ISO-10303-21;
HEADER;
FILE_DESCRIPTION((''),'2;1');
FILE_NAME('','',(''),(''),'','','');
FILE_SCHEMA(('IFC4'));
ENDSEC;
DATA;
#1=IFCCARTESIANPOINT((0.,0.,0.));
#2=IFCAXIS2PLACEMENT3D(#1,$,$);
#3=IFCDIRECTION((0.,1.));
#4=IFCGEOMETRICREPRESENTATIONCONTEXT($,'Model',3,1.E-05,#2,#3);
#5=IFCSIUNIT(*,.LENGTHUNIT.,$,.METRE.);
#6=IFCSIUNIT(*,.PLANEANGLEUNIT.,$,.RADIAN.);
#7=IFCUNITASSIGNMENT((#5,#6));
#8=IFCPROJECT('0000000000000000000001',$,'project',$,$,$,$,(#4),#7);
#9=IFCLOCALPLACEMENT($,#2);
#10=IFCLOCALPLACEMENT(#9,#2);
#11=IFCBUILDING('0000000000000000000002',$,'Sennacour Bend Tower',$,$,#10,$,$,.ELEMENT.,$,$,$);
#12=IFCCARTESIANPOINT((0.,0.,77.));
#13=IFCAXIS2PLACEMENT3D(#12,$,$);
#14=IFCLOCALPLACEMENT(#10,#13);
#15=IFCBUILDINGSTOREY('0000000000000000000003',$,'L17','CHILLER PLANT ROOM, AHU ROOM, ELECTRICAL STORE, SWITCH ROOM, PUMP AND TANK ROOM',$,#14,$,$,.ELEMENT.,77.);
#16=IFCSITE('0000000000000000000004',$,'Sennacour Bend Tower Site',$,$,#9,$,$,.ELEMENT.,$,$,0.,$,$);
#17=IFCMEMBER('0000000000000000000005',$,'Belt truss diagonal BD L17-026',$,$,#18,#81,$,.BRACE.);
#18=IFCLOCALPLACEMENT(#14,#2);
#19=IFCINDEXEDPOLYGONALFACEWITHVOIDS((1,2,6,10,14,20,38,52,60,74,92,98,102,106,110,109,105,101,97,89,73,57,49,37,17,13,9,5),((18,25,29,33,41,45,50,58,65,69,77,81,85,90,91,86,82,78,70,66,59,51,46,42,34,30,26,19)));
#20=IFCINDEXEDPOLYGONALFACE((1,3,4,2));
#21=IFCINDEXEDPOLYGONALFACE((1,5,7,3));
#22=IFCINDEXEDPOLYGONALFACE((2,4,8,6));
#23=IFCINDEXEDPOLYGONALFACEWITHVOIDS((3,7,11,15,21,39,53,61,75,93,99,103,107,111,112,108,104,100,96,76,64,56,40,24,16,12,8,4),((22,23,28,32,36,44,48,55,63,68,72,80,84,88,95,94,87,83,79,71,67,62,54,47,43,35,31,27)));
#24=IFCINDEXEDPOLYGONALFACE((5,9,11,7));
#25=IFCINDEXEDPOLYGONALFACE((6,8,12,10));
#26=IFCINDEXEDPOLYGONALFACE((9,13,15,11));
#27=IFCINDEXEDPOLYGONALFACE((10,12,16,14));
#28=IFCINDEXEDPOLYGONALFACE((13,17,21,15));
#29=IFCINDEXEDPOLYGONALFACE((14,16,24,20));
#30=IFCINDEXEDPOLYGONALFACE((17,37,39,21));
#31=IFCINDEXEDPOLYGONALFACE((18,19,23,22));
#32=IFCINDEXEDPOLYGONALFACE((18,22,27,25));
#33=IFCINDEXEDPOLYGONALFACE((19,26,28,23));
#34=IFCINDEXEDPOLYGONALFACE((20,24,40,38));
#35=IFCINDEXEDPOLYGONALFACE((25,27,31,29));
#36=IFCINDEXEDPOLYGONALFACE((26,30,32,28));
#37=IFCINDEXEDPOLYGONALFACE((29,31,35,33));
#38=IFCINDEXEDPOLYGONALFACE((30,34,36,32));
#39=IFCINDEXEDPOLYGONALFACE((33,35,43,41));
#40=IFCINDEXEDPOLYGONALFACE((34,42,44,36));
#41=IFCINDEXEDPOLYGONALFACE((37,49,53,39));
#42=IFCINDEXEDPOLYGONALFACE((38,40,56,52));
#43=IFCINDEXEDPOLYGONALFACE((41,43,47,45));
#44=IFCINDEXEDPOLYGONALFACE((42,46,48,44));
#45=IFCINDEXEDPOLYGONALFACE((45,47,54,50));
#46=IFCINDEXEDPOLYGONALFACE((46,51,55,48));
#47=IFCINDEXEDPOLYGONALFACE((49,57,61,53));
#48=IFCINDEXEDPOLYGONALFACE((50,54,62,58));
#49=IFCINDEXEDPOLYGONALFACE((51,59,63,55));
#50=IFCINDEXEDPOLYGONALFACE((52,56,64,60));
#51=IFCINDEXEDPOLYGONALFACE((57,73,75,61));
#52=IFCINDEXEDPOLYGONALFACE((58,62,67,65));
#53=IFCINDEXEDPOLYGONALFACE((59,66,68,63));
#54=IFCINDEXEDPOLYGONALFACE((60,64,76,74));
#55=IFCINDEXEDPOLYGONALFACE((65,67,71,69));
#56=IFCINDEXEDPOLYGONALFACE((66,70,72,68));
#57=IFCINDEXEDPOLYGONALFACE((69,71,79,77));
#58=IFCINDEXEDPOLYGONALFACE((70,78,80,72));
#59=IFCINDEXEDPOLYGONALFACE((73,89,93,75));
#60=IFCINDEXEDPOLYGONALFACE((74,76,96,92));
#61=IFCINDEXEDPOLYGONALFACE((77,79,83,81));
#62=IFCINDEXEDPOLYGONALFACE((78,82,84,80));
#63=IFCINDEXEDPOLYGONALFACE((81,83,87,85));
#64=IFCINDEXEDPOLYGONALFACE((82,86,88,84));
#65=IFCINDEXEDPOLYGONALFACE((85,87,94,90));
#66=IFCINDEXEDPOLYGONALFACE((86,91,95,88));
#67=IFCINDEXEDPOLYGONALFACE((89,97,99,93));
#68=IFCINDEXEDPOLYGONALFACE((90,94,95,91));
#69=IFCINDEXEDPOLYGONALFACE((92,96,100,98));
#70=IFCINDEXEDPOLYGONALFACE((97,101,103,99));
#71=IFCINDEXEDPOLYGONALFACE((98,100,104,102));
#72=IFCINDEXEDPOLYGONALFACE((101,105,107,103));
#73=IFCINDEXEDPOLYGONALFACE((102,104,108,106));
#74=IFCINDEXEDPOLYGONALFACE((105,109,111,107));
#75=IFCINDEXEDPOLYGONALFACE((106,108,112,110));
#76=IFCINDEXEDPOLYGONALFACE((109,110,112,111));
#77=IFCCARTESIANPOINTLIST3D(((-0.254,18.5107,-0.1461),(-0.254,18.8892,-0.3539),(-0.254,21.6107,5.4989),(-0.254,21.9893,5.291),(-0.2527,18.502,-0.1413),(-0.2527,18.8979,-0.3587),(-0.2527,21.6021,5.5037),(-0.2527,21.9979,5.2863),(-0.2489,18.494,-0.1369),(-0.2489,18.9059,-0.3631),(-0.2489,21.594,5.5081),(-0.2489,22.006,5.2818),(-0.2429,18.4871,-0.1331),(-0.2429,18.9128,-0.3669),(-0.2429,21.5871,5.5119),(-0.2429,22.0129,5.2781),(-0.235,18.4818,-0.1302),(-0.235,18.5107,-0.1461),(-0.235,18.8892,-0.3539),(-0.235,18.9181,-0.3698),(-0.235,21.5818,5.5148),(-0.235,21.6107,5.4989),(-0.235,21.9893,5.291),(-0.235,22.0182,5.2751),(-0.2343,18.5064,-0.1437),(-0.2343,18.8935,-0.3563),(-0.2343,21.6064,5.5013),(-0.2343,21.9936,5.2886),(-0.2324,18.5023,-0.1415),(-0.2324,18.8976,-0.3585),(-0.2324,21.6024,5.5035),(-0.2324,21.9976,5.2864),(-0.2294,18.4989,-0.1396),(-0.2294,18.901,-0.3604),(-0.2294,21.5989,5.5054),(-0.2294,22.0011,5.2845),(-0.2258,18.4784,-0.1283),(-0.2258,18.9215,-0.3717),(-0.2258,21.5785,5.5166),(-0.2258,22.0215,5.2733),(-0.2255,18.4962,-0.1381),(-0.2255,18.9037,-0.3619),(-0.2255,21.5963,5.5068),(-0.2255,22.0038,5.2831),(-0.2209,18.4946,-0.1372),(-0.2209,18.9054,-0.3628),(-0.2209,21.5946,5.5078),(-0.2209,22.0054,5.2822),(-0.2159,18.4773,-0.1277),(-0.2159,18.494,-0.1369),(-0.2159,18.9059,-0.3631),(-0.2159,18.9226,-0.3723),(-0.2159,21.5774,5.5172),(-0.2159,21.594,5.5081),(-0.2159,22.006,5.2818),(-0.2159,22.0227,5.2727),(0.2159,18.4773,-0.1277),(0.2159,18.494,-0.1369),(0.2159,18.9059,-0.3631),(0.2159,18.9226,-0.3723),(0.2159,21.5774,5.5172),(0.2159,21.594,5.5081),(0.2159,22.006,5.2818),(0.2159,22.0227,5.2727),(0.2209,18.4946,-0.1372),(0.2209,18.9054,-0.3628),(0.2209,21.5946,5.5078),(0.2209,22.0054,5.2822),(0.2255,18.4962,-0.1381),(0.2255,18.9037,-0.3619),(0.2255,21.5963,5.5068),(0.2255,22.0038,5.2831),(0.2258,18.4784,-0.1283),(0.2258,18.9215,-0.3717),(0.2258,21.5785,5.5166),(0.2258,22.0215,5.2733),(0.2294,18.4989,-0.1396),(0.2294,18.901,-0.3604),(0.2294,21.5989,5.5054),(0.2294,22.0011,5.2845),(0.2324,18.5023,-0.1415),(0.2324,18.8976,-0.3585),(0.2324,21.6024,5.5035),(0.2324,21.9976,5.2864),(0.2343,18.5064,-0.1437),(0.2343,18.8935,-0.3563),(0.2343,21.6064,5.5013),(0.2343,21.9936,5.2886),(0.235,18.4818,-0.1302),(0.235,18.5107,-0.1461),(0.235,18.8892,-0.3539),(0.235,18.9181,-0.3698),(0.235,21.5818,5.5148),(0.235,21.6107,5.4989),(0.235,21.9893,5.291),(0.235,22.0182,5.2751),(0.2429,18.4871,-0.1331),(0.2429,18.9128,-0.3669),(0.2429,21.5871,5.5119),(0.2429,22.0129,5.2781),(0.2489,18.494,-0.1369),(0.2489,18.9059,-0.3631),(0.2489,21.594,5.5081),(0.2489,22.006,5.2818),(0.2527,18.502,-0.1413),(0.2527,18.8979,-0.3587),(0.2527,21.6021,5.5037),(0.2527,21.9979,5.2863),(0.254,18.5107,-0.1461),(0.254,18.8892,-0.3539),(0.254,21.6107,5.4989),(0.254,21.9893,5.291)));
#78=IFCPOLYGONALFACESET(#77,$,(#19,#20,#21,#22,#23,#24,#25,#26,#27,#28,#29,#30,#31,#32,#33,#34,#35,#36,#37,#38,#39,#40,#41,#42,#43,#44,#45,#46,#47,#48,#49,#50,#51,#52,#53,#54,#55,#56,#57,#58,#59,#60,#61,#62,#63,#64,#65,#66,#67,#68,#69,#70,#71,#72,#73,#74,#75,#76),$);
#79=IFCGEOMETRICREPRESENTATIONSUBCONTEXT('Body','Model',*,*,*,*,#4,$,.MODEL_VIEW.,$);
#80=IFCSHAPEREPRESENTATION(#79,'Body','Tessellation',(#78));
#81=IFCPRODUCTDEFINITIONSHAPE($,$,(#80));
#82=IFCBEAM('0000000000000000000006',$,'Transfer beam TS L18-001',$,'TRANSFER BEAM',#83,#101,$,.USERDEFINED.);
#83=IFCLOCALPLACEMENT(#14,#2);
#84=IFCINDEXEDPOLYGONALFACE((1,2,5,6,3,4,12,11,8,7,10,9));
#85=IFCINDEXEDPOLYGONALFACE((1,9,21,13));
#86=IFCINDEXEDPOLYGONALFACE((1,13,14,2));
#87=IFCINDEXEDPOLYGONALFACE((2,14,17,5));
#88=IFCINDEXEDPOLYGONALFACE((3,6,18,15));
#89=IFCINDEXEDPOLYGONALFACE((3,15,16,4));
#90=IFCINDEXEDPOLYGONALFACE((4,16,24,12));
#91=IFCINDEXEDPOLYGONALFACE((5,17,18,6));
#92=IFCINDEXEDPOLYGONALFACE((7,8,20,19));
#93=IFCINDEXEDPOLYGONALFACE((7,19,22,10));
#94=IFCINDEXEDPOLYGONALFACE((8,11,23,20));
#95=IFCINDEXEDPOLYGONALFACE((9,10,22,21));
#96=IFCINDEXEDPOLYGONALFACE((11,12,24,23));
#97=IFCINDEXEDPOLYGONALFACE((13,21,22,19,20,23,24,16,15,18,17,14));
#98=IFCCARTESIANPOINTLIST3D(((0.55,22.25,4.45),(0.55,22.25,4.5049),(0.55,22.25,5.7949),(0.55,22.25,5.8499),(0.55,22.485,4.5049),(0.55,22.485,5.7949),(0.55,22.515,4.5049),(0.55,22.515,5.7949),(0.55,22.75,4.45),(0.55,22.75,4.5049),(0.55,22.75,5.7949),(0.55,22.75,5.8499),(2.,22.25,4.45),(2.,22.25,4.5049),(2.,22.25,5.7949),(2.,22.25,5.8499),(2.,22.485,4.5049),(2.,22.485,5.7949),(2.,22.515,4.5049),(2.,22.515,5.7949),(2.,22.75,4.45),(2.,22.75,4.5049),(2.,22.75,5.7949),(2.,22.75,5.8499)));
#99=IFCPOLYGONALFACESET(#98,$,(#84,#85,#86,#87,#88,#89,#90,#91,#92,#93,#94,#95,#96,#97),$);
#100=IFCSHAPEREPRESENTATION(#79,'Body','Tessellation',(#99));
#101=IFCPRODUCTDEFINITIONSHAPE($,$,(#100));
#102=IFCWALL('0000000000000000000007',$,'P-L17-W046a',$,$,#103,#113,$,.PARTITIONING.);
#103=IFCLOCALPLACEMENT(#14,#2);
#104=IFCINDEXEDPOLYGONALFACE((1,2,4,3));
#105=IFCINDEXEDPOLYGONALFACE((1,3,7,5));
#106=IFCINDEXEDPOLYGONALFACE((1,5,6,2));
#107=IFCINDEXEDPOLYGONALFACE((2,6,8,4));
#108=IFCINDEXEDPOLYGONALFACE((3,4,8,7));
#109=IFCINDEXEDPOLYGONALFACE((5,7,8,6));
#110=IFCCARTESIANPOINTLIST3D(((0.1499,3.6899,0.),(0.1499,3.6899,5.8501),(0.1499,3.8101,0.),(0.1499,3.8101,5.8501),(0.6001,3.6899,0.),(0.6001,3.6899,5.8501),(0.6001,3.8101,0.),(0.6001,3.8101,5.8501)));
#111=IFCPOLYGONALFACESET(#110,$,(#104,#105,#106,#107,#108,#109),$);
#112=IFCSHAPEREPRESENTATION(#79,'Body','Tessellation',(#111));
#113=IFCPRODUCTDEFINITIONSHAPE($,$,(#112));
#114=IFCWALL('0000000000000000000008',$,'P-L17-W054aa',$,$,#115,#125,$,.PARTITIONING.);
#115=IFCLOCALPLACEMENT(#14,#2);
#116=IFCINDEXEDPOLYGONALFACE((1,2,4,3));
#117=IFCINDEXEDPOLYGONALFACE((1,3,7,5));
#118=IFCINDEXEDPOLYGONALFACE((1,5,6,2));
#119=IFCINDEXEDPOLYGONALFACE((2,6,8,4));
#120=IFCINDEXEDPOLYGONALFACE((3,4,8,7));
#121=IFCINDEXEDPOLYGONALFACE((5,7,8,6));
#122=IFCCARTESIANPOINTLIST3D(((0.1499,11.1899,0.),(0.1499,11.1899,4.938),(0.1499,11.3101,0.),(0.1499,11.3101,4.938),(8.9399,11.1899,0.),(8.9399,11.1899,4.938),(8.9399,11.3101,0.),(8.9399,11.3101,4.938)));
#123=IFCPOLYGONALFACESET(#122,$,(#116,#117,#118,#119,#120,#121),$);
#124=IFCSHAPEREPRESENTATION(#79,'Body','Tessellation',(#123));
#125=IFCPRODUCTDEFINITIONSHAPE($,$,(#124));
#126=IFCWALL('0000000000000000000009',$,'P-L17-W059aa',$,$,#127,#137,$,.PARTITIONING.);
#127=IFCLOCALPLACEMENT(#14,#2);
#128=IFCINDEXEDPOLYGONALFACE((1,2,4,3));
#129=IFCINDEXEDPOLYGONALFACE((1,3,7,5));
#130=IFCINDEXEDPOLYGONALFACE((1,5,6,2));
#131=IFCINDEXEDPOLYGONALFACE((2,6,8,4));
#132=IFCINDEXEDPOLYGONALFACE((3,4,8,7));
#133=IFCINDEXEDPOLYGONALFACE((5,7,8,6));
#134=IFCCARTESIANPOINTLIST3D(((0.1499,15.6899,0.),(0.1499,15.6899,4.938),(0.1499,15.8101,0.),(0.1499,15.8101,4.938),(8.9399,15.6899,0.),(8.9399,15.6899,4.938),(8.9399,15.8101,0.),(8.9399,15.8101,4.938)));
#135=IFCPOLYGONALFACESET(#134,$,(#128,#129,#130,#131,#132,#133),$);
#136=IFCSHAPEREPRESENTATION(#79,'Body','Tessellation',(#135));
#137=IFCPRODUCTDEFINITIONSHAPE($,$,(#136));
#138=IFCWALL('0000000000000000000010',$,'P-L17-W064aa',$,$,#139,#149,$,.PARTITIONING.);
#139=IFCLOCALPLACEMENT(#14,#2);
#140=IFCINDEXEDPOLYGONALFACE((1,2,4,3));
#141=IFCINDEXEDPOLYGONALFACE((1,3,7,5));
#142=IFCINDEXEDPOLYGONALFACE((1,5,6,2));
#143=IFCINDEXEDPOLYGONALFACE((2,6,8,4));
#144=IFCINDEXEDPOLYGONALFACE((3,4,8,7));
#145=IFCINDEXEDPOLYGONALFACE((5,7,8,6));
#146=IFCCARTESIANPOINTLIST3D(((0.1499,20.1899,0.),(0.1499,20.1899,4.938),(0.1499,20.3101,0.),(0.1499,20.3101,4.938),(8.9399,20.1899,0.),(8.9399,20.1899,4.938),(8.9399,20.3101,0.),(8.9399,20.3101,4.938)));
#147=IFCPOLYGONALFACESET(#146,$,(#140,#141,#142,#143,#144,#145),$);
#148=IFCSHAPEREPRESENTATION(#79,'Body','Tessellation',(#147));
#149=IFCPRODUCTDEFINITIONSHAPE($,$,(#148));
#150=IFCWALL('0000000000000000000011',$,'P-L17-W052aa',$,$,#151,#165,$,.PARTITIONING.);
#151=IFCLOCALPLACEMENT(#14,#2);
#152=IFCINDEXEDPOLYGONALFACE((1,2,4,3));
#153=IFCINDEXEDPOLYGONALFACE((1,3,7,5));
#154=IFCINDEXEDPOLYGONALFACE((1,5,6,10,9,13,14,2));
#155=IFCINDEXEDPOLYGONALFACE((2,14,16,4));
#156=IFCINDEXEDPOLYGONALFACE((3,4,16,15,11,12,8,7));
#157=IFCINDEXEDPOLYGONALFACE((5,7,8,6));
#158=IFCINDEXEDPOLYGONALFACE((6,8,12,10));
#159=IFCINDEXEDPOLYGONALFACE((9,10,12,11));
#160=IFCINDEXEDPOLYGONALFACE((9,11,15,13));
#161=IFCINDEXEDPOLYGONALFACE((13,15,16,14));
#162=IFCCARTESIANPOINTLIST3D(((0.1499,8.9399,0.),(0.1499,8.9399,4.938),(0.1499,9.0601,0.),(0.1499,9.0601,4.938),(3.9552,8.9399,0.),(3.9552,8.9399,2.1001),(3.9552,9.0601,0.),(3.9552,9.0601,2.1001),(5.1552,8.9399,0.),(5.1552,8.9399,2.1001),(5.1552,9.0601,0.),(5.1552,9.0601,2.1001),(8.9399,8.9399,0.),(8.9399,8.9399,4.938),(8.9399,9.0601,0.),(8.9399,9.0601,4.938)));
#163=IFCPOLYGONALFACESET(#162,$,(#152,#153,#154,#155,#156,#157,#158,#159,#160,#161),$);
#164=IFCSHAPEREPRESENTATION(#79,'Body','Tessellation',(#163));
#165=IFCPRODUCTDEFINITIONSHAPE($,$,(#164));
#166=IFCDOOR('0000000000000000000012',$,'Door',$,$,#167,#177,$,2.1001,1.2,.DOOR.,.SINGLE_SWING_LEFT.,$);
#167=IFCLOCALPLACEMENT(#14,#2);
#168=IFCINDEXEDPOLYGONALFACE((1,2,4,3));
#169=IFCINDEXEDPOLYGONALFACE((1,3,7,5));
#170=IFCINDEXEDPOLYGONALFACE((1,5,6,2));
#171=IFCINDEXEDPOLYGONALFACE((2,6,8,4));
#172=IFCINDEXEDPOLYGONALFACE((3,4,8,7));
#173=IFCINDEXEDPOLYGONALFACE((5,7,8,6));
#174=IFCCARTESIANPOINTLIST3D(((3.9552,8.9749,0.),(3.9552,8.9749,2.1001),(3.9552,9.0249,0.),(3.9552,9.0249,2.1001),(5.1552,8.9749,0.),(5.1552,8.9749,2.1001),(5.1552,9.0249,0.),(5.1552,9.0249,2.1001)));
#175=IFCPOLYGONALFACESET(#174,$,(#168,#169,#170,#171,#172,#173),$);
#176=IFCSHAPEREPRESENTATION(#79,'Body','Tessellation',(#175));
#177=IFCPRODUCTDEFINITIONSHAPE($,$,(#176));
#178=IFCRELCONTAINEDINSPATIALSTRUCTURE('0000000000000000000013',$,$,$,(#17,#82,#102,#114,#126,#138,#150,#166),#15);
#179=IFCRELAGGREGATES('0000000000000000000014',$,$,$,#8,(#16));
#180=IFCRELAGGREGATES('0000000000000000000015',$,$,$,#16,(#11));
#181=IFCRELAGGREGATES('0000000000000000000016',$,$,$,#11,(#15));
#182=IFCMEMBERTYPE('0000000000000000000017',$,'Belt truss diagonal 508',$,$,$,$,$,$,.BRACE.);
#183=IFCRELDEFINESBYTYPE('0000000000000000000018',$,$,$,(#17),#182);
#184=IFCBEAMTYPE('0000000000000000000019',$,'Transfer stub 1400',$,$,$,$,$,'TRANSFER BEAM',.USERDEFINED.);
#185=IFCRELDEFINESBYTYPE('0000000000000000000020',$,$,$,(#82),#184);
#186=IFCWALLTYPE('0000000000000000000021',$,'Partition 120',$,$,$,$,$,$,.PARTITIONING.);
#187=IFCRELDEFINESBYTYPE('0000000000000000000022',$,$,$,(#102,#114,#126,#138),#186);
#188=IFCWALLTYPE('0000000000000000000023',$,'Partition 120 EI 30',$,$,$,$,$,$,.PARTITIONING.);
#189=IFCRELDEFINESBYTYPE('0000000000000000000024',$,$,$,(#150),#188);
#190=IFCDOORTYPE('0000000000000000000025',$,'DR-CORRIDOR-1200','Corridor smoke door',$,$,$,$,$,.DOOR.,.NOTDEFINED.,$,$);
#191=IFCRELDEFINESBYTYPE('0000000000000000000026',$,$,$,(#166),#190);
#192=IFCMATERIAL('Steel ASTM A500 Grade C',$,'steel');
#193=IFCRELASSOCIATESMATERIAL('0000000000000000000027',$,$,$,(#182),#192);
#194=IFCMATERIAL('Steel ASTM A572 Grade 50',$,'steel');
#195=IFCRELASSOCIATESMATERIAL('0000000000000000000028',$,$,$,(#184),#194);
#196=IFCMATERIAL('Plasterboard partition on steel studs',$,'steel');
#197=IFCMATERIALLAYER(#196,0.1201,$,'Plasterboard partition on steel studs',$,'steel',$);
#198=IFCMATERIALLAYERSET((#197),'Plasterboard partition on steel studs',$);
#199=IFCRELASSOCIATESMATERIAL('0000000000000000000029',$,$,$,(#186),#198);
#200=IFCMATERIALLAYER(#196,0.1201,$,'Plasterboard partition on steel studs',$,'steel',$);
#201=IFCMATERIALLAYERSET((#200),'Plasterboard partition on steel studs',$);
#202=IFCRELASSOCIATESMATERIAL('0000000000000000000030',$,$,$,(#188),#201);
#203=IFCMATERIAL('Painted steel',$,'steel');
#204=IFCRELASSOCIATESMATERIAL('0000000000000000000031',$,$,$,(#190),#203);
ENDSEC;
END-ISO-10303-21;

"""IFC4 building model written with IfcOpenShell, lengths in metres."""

from ifc_helpers import new_model, si_unit, direction, frame, frame_2d, origin, origin_2d, place, context, subcontext, project, spatial, rectangle, hollow_rectangle, i_section, extrude, material, layer, layer_set, material_profile, profile_set, type_object, element, fill, save


model = new_model("IFC4")

# Units and contexts
model_context = context("Model", 3, precision=1e-05, world=origin(), true_north=direction((0.0, 1.0)))
body_context = subcontext(model_context, "Body", "Model", "MODEL_VIEW")
ifc_project = project(units=[si_unit("LENGTHUNIT", "METRE"), si_unit("PLANEANGLEUNIT", "RADIAN")], contexts=[model_context])

# Site, building, storey
site_placement = place(None, origin())
site = spatial("IfcSite", under=ifc_project, at=site_placement, Name="Sennacour Bend Tower Site", CompositionType="ELEMENT", RefElevation=0.0)
building_placement = place(site_placement, origin())
building = spatial("IfcBuilding", under=site, at=building_placement, Name="Sennacour Bend Tower", CompositionType="ELEMENT")
storey_placement = place(building_placement, frame((0.0, 0.0, 77.0)))
storey = spatial("IfcBuildingStorey", under=building, at=storey_placement, Name="L17", Description="CHILLER PLANT ROOM, AHU ROOM, ELECTRICAL STORE, SWITCH ROOM, PUMP AND TANK ROOM", CompositionType="ELEMENT", Elevation=77.0)

# Shared definitions
ifc_material_1 = material(Name="Steel ASTM A572 Grade 50", Category="steel")

# Member
ifc_material_2 = material(Name="Steel ASTM A500 Grade C", Category="steel")
ifc_material_profile_1 = material_profile(ifc_material_2, hollow_rectangle(XDim=0.5081, YDim=0.5081, WallThickness=0.019, InnerFilletRadius=0.019, OuterFilletRadius=0.0381, at=origin_2d()), Name="Steel ASTM A500 Grade C", Category="steel")
ifc_profile_set_1 = profile_set([ifc_material_profile_1], Name="Steel ASTM A500 Grade C")
member_type_1 = type_object("IfcMemberType", Name="Belt truss diagonal 508", PredefinedType="BRACE", material=ifc_profile_set_1)
for number, where, z_axis, x_axis, name in (
    (1, (0.0, 18.7, -0.25), (0.0, 0.481363, 0.876521), (-1.0, 0.0, 0.0), "Belt truss diagonal BD L17-026"),
):
    element("IfcMember", number, at=place(storey_placement, frame(where, z_axis=z_axis, x_axis=x_axis)), inside=storey, type_object=member_type_1, Name=name, PredefinedType="BRACE", context=body_context, shape_type="SweptSolid", body=[
        extrude(hollow_rectangle(XDim=0.5081, YDim=0.5081, WallThickness=0.019, InnerFilletRadius=0.019, OuterFilletRadius=0.0381, at=origin_2d()), origin(), (0.0, 0.0, 1.0), 6.4402),
    ])

# Beam
ifc_material_profile_2 = material_profile(ifc_material_1, i_section(OverallWidth=0.5, OverallDepth=1.3999, WebThickness=0.03, FlangeThickness=0.0549, at=origin_2d()), Name="Steel ASTM A572 Grade 50", Category="steel")
ifc_profile_set_2 = profile_set([ifc_material_profile_2], Name="Steel ASTM A572 Grade 50")
beam_type = type_object("IfcBeamType", Name="Transfer stub 1400", ElementType="TRANSFER BEAM", PredefinedType="USERDEFINED", material=ifc_profile_set_2)
beam_placement = place(storey_placement, frame((0.55, 22.5, 5.1499), z_axis=(1.0, 0.0, 0.0), x_axis=(0.0, 1.0, 0.0)))
element("IfcBeam", 2, at=beam_placement, inside=storey, type_object=beam_type, Name="Transfer beam TS L18-001", ObjectType="TRANSFER BEAM", PredefinedType="USERDEFINED", context=body_context, shape_type="SweptSolid", body=[
    extrude(i_section(OverallWidth=0.5, OverallDepth=1.3999, WebThickness=0.03, FlangeThickness=0.0549, at=origin_2d()), origin(), (0.0, 0.0, 1.0), 1.45),
])

# Walls
ifc_material_3 = material(Name="Plasterboard partition on steel studs", Category="steel")
ifc_layer_1 = layer(ifc_material_3, 0.1201, Name="Plasterboard partition on steel studs", Category="steel")
ifc_layer_set_1 = layer_set([ifc_layer_1], Name="Plasterboard partition on steel studs")
wall_type_1 = type_object("IfcWallType", Name="Partition 120", PredefinedType="PARTITIONING", material=ifc_layer_set_1)
wall_1_placement = place(storey_placement, frame((0.1499, 3.75, 0.0), z_axis=(0.0, 0.0, 1.0), x_axis=(1.0, 0.0, 0.0)))
element("IfcWall", 3, at=wall_1_placement, inside=storey, type_object=wall_type_1, Name="P-L17-W046a", PredefinedType="PARTITIONING", context=body_context, shape_type="SweptSolid", body=[
    extrude(rectangle(XDim=0.4502, YDim=0.1201, at=frame_2d((0.2251, 0.0))), origin(), (0.0, 0.0, 1.0), 5.8501),
])
for number, where, z_axis, x_axis, name in (
    (4, (0.1499, 11.25, 0.0), (0.0, 0.0, 1.0), (1.0, 0.0, 0.0), "P-L17-W054aa"),
    (5, (0.1499, 15.75, 0.0), (0.0, 0.0, 1.0), (1.0, 0.0, 0.0), "P-L17-W059aa"),
    (6, (0.1499, 20.25, 0.0), (0.0, 0.0, 1.0), (1.0, 0.0, 0.0), "P-L17-W064aa"),
):
    element("IfcWall", number, at=place(storey_placement, frame(where, z_axis=z_axis, x_axis=x_axis)), inside=storey, type_object=wall_type_1, Name=name, PredefinedType="PARTITIONING", context=body_context, shape_type="SweptSolid", body=[
        extrude(rectangle(XDim=8.79, YDim=0.1201, at=frame_2d((4.395, 0.0))), origin(), (0.0, 0.0, 1.0), 4.938),
    ])

# Wall, opening, door
ifc_layer_2 = layer(ifc_material_3, 0.1201, Name="Plasterboard partition on steel studs", Category="steel")
ifc_layer_set_2 = layer_set([ifc_layer_2], Name="Plasterboard partition on steel studs")
wall_type_2 = type_object("IfcWallType", Name="Partition 120 EI 30", PredefinedType="PARTITIONING", material=ifc_layer_set_2)
wall_2_placement = place(storey_placement, frame((0.1499, 9.0, 0.0), z_axis=(0.0, 0.0, 1.0), x_axis=(1.0, 0.0, 0.0)))
wall_2 = element("IfcWall", 7, at=wall_2_placement, inside=storey, type_object=wall_type_2, Name="P-L17-W052aa", PredefinedType="PARTITIONING", context=body_context, shape_type="SweptSolid", body=[
    extrude(rectangle(XDim=8.79, YDim=0.1201, at=frame_2d((4.395, 0.0))), origin(), (0.0, 0.0, 1.0), 4.938),
])
opening_1_placement = place(wall_2_placement, frame((3.8052, 0.0, 0.0)))
opening_1 = element("IfcOpeningElement", 8, at=opening_1_placement, cuts=wall_2, PredefinedType="OPENING", context=body_context, shape_type="SweptSolid", body=[
    extrude(rectangle(XDim=1.2, YDim=2.1001, at=frame_2d((0.6001, 1.05))), frame((0.0, 0.0701, 0.0), z_axis=(0.0, -1.0, 0.0), x_axis=(1.0, 0.0, 0.0)), (0.0, 0.0, 1.0), 0.1401),
])
ifc_material_4 = material(Name="Painted steel", Category="steel")
door_type_1 = type_object("IfcDoorType", Name="DR-CORRIDOR-1200", Description="Corridor smoke door", OperationType="NOTDEFINED", PredefinedType="DOOR", material=ifc_material_4)
door_1_placement = place(opening_1_placement, origin())
door_1 = element("IfcDoor", 9, at=door_1_placement, inside=storey, type_object=door_type_1, Name="Door", OperationType="SINGLE_SWING_LEFT", OverallHeight=2.1001, OverallWidth=1.2, PredefinedType="DOOR", context=body_context, shape_type="SweptSolid", body=[
    extrude(rectangle(XDim=1.2, YDim=2.1001, at=frame_2d((0.6001, 1.05))), frame((0.0, 0.0249, 0.0), z_axis=(0.0, -1.0, 0.0), x_axis=(1.0, 0.0, 0.0)), (0.0, 0.0, 1.0), 0.05),
])
fill(opening_1, door_1)

save(model, "model.ifc")
